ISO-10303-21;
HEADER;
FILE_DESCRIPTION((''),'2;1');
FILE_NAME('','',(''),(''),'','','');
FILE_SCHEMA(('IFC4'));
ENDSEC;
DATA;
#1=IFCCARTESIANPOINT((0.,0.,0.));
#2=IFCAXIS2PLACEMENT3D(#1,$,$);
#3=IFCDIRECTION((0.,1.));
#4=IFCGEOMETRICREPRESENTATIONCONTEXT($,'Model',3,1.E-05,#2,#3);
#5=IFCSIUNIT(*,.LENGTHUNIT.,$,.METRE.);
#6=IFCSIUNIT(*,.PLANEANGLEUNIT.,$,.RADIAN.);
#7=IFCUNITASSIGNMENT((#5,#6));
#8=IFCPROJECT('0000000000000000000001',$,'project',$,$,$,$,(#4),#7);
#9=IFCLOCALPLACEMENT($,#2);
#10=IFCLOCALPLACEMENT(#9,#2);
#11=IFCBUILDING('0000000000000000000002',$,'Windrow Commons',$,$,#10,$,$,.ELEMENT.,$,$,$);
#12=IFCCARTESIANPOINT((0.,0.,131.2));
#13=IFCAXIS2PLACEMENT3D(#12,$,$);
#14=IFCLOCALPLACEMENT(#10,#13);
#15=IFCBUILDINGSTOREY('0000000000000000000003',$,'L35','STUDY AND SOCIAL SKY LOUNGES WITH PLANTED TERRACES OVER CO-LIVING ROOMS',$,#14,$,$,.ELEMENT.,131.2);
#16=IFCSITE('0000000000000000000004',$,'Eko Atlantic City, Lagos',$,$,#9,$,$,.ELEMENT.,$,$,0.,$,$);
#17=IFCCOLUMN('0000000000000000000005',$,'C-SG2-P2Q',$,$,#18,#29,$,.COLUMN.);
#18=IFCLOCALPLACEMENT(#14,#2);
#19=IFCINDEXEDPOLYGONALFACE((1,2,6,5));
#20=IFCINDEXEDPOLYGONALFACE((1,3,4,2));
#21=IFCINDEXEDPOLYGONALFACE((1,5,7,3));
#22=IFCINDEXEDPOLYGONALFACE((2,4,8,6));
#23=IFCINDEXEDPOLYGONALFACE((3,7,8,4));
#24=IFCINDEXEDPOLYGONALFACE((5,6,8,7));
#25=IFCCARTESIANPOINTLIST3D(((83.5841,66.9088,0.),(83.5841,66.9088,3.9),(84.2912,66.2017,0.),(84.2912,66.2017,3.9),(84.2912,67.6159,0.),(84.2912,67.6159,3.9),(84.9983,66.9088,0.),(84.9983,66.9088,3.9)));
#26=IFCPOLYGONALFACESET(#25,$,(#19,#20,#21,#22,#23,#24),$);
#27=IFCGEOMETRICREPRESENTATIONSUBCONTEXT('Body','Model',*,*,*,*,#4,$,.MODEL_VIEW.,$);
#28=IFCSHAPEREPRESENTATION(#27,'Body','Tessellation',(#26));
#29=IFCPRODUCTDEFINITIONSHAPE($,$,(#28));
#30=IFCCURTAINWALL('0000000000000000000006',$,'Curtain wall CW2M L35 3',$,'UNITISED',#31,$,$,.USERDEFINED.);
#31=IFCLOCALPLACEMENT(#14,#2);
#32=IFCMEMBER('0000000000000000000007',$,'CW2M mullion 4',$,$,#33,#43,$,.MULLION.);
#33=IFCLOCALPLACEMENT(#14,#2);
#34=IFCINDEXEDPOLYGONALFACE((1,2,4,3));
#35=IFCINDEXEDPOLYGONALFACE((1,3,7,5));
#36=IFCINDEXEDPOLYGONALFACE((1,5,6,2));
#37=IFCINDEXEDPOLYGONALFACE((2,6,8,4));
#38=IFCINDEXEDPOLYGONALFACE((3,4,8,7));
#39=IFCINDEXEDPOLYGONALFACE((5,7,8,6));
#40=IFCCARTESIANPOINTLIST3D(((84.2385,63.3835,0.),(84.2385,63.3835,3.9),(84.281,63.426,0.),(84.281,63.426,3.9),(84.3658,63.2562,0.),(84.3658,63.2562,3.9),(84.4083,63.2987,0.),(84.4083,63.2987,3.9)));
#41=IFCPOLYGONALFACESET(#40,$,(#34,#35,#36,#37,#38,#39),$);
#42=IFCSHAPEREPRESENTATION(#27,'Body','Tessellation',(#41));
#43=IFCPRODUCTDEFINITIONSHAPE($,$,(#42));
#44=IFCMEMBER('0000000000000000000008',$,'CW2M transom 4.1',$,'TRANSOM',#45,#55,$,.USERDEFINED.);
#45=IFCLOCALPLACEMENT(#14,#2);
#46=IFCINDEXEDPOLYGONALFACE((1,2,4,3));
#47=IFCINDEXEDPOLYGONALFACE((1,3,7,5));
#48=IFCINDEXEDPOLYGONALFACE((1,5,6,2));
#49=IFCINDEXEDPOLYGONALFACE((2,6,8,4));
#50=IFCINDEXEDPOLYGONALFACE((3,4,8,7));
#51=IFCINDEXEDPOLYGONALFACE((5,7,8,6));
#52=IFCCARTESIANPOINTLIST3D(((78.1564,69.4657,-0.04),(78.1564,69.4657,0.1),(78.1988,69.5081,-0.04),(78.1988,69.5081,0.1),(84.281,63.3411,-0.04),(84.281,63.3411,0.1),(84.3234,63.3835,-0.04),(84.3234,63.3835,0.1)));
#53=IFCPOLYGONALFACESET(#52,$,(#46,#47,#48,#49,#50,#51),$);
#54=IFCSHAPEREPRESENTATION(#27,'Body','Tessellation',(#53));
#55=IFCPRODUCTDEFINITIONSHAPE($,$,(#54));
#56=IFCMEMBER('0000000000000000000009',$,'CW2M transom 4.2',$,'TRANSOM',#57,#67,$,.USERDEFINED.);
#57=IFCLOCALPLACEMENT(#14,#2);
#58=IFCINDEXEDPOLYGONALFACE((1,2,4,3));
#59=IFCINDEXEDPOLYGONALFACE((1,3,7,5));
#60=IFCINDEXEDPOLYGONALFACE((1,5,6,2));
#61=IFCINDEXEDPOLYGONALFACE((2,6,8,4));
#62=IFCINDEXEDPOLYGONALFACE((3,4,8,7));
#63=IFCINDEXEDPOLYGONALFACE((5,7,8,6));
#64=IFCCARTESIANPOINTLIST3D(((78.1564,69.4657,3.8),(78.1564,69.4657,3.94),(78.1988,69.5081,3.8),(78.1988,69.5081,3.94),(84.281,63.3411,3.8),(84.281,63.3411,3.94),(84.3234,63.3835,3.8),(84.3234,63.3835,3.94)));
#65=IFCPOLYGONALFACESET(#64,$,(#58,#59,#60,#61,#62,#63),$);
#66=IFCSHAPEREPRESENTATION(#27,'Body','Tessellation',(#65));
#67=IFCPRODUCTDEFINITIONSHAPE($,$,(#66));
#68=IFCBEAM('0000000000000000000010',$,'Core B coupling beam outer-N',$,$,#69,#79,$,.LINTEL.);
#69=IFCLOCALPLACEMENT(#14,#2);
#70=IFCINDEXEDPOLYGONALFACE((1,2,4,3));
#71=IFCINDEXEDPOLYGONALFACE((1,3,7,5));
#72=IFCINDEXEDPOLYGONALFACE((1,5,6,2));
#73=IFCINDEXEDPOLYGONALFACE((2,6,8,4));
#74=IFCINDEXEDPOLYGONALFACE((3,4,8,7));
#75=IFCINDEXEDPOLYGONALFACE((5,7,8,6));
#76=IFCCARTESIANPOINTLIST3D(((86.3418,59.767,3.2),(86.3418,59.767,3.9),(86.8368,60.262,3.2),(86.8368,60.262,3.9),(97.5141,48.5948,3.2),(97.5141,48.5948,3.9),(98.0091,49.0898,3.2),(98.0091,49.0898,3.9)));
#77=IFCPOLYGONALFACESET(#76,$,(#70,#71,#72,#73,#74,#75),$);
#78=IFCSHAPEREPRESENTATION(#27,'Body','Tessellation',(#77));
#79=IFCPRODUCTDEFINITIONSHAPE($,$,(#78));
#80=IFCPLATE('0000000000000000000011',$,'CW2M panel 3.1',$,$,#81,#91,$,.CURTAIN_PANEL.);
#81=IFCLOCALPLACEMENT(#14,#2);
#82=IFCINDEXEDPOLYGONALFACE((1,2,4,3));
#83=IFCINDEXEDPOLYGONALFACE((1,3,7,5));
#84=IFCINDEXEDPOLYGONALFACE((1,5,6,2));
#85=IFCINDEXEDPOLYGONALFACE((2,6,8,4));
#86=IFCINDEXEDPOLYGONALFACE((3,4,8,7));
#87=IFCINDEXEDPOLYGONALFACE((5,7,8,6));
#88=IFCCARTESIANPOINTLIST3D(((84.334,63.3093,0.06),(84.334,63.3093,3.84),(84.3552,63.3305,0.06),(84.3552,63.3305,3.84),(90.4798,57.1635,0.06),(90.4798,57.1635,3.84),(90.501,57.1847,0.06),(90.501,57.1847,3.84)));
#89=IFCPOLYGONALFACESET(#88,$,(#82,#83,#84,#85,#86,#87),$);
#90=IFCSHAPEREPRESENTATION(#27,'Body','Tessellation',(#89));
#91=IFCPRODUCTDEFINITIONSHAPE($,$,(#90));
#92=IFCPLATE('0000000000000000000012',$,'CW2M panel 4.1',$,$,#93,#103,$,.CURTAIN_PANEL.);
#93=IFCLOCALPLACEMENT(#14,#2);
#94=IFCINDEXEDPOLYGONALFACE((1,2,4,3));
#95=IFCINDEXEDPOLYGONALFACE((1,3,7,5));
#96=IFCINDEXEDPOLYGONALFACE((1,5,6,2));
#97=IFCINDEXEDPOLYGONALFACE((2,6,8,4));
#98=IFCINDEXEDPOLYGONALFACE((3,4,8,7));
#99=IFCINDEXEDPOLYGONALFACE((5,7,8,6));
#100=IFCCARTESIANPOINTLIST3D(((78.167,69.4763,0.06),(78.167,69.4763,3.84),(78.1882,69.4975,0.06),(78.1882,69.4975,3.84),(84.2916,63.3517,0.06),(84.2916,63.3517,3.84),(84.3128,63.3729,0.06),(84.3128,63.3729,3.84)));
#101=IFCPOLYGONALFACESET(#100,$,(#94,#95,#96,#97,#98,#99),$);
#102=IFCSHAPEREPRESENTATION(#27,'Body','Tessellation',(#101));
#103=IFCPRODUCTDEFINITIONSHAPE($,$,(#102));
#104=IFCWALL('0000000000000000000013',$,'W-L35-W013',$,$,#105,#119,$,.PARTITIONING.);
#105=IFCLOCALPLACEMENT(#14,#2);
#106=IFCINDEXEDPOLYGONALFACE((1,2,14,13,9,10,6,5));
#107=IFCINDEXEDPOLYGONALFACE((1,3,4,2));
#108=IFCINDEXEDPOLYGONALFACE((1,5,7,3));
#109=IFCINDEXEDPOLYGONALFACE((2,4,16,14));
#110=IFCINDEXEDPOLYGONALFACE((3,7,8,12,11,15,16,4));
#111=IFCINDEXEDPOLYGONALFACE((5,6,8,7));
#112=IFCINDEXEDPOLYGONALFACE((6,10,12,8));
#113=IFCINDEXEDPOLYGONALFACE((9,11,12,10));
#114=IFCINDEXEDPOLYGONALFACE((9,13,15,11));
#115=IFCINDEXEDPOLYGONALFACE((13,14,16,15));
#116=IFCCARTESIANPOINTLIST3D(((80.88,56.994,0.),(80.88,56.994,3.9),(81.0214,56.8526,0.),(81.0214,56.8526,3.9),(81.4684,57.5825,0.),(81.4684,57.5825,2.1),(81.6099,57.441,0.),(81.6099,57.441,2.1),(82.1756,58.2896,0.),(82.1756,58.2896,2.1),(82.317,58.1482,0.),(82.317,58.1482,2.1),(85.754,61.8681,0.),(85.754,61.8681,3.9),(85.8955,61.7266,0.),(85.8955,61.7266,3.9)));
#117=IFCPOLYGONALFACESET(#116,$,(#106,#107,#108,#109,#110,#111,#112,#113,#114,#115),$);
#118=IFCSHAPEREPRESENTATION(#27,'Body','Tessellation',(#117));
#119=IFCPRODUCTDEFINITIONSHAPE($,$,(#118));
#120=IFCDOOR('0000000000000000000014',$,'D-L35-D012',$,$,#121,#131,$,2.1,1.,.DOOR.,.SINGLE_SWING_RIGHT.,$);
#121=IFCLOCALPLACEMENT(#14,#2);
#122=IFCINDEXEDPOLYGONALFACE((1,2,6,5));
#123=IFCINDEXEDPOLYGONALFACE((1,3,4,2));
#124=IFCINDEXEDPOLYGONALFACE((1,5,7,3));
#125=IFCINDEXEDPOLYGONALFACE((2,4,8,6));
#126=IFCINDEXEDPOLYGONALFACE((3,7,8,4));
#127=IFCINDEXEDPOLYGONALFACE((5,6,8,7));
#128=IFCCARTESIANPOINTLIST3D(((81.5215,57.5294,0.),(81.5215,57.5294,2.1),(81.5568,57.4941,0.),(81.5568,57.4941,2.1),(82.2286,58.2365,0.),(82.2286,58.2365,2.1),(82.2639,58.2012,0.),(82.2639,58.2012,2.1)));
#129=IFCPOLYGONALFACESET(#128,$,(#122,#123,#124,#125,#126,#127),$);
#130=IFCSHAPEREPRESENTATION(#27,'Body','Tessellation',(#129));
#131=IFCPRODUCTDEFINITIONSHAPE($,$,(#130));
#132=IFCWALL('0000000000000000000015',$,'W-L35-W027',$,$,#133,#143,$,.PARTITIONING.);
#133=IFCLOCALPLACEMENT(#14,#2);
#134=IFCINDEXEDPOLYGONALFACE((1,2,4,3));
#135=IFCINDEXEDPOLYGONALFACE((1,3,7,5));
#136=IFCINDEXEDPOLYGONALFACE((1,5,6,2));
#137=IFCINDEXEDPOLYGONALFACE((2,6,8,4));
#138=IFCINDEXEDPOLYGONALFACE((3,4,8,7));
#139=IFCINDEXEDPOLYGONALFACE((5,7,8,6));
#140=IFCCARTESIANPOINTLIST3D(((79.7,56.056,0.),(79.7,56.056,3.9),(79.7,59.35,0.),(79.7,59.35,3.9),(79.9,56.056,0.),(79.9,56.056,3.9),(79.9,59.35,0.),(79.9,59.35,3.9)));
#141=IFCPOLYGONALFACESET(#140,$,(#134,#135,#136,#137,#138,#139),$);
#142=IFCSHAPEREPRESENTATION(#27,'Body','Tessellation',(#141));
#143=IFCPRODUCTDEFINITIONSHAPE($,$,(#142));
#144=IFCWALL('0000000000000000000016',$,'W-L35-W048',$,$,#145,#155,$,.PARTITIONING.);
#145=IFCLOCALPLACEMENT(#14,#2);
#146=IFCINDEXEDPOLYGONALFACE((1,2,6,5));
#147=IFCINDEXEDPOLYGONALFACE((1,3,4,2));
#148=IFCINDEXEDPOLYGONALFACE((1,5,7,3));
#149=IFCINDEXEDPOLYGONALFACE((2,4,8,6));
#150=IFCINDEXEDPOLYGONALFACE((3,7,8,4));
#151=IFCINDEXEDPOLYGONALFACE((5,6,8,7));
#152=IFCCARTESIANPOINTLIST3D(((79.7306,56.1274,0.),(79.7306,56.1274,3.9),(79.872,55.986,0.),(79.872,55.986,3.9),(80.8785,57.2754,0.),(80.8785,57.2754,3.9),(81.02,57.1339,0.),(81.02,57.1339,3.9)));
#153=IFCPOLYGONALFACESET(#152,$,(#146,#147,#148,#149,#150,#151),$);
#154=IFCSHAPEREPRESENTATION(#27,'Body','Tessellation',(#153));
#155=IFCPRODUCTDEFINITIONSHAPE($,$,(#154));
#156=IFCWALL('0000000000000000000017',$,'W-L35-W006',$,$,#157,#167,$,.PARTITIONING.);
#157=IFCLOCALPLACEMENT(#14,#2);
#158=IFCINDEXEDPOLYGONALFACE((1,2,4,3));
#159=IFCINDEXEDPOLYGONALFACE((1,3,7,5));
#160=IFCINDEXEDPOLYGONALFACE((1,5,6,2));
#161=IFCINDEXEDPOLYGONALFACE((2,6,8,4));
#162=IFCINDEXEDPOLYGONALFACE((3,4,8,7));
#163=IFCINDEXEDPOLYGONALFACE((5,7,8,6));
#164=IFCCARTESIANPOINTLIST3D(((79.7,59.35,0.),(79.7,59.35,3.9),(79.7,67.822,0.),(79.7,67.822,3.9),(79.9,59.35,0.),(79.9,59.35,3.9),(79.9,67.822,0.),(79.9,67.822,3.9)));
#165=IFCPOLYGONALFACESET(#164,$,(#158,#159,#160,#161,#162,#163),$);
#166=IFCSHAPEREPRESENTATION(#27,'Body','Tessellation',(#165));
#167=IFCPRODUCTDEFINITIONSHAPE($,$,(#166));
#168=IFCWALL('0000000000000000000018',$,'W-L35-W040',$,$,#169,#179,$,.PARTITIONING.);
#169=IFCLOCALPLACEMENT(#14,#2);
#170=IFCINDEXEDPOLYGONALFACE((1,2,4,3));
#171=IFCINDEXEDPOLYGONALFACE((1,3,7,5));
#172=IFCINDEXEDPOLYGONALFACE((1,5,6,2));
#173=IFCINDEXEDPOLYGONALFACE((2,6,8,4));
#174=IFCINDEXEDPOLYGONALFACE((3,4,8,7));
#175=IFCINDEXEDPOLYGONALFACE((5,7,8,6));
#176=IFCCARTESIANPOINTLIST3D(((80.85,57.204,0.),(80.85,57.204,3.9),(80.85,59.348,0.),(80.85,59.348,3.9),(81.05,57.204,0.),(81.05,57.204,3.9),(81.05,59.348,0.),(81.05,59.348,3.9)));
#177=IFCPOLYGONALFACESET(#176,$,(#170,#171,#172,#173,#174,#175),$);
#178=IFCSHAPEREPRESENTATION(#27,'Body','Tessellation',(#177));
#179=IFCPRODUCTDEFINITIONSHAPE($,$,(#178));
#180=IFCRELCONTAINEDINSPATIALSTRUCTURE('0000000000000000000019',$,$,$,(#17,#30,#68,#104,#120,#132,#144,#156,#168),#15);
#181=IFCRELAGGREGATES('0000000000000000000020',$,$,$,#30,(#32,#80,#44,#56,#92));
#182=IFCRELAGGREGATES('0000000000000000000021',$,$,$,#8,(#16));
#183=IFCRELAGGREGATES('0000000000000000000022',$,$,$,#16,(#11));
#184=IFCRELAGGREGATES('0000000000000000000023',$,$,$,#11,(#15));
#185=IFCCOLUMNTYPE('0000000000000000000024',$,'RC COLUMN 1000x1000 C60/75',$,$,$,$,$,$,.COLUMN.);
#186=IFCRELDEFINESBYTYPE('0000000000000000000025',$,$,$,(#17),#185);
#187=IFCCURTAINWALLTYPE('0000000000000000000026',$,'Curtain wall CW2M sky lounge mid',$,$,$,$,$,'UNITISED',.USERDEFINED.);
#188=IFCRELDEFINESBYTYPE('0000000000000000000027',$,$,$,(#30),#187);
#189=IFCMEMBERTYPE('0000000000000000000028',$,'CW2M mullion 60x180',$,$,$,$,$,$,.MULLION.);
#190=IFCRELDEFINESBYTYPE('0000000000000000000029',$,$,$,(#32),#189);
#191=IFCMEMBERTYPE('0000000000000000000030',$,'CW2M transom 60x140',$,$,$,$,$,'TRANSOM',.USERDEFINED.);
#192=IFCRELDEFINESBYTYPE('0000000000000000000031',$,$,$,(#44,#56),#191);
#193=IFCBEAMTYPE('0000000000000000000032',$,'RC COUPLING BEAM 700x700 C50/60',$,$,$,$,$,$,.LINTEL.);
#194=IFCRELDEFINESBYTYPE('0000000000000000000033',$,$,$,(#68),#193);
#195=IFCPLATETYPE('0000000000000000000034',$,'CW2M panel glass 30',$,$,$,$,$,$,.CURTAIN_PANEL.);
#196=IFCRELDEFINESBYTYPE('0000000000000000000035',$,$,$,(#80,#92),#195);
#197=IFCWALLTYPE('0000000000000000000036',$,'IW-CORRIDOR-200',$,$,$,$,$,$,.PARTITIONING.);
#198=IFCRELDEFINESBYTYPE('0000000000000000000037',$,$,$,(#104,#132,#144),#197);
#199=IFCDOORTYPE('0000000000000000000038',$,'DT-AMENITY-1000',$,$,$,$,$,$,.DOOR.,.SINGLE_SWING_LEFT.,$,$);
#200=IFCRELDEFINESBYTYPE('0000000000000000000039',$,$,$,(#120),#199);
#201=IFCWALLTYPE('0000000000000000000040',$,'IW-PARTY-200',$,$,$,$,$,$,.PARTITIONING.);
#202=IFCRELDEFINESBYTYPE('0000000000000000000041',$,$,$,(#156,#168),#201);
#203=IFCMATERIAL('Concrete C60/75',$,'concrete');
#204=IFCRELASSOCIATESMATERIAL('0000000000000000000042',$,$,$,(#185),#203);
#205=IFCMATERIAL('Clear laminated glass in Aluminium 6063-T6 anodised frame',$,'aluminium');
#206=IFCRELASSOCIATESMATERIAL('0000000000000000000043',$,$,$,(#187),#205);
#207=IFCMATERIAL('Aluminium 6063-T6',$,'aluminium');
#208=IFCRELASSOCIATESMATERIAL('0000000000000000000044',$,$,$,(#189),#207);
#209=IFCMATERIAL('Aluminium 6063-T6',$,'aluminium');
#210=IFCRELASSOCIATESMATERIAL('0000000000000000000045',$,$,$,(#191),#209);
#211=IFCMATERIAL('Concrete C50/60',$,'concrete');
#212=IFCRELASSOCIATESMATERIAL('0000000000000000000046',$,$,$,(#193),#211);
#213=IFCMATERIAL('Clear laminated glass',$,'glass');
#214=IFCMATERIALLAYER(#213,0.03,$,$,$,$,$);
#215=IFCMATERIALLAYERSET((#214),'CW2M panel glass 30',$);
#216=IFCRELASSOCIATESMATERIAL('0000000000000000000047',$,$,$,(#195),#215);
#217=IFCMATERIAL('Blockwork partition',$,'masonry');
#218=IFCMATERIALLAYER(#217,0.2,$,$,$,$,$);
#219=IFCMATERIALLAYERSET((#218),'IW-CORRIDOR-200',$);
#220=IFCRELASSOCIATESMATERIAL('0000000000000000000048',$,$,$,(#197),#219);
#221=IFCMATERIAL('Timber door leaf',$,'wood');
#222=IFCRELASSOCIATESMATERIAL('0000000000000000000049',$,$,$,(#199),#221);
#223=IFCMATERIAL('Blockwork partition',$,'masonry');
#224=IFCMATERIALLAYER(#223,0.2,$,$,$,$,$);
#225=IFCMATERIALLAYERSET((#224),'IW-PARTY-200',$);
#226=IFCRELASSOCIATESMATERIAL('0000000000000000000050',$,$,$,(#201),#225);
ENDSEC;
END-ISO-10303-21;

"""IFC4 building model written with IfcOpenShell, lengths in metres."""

from ifc_helpers import new_model, si_unit, direction, frame, frame_2d, origin, origin_2d, place, context, subcontext, project, spatial, rectangle, extrude, material, layer, layer_set, material_profile, profile_set, type_object, element, fill, aggregate, save


model = new_model("IFC4")

# Units and contexts
model_context = context("Model", 3, precision=1e-05, world=origin(), true_north=direction((0.0, 1.0)))
body_context = subcontext(model_context, "Body", "Model", "MODEL_VIEW")
ifc_project = project(units=[si_unit("LENGTHUNIT", "METRE"), si_unit("PLANEANGLEUNIT", "RADIAN")], contexts=[model_context])

# Site, building, storey
site_placement = place(None, origin())
site = spatial("IfcSite", under=ifc_project, at=site_placement, Name="Eko Atlantic City, Lagos", CompositionType="ELEMENT", RefElevation=0.0)
building_placement = place(site_placement, origin())
building = spatial("IfcBuilding", under=site, at=building_placement, Name="Windrow Commons", CompositionType="ELEMENT")
storey_placement = place(building_placement, frame((0.0, 0.0, 131.2)))
storey = spatial("IfcBuildingStorey", under=building, at=storey_placement, Name="L35", Description="STUDY AND SOCIAL SKY LOUNGES WITH PLANTED TERRACES OVER CO-LIVING ROOMS", CompositionType="ELEMENT", Elevation=131.2)

# Column
ifc_material_1 = material(Name="Concrete C60/75", Category="concrete")
ifc_material_profile_1 = material_profile(ifc_material_1, rectangle(XDim=1.0, YDim=1.0, at=origin_2d()))
ifc_profile_set_1 = profile_set([ifc_material_profile_1], Name="Concrete C60/75")
column_type = type_object("IfcColumnType", Name="RC COLUMN 1000x1000 C60/75", PredefinedType="COLUMN", material=ifc_profile_set_1)
column_placement = place(storey_placement, frame((84.2912, 66.9088, 0.0), z_axis=(0.0, 0.0, 1.0), x_axis=(0.707107, -0.707107, 0.0)))
element("IfcColumn", 1, at=column_placement, inside=storey, type_object=column_type, Name="C-SG2-P2Q", PredefinedType="COLUMN", context=body_context, shape_type="SweptSolid", body=[
    extrude(rectangle(XDim=1.0, YDim=1.0, at=origin_2d()), origin(), (0.0, 0.0, 1.0), 3.9),
])

# Curtain wall, members
ifc_material_2 = material(Name="Clear laminated glass in Aluminium 6063-T6 anodised frame", Category="aluminium")
curtain_wall_type = type_object("IfcCurtainWallType", Name="Curtain wall CW2M sky lounge mid", ElementType="UNITISED", PredefinedType="USERDEFINED", material=ifc_material_2)
placement = place(storey_placement, origin())
curtain_wall = element("IfcCurtainWall", 2, at=placement, inside=storey, type_object=curtain_wall_type, Name="Curtain wall CW2M L35 3", ObjectType="UNITISED", PredefinedType="USERDEFINED")
ifc_material_3 = material(Name="Aluminium 6063-T6", Category="aluminium")
ifc_material_profile_2 = material_profile(ifc_material_3, rectangle(XDim=0.06, YDim=0.18, at=origin_2d()))
ifc_profile_set_2 = profile_set([ifc_material_profile_2], Name="Aluminium 6063-T6")
member_type_1 = type_object("IfcMemberType", Name="CW2M mullion 60x180", PredefinedType="MULLION", material=ifc_profile_set_2)
member_1_placement = place(storey_placement, frame((84.3234, 63.3411, 0.0), z_axis=(0.0, 0.0, 1.0), x_axis=(-0.707107, -0.707107, 0.0)))
member_1 = element("IfcMember", 3, at=member_1_placement, type_object=member_type_1, Name="CW2M mullion 4", PredefinedType="MULLION", context=body_context, shape_type="SweptSolid", body=[
    extrude(rectangle(XDim=0.06, YDim=0.18, at=origin_2d()), origin(), (0.0, 0.0, 1.0), 3.9),
])
ifc_material_4 = material(Name="Aluminium 6063-T6", Category="aluminium")
ifc_material_profile_3 = material_profile(ifc_material_4, rectangle(XDim=0.06, YDim=0.14, at=origin_2d()))
ifc_profile_set_3 = profile_set([ifc_material_profile_3], Name="Aluminium 6063-T6")
member_type_2 = type_object("IfcMemberType", Name="CW2M transom 60x140", ElementType="TRANSOM", PredefinedType="USERDEFINED", material=ifc_profile_set_3)
member_2_placement = place(storey_placement, frame((84.3022, 63.3623, 0.03), z_axis=(-0.707107, 0.707107, 0.0), x_axis=(-0.707107, -0.707107, 0.0)))
member_2 = element("IfcMember", 4, at=member_2_placement, type_object=member_type_2, Name="CW2M transom 4.1", ObjectType="TRANSOM", PredefinedType="USERDEFINED", context=body_context, shape_type="SweptSolid", body=[
    extrude(rectangle(XDim=0.06, YDim=0.14, at=origin_2d()), origin(), (0.0, 0.0, 1.0), 8.6615),
])
member_3_placement = place(storey_placement, frame((84.3022, 63.3623, 3.87), z_axis=(-0.707107, 0.707107, 0.0), x_axis=(-0.707107, -0.707107, 0.0)))
member_3 = element("IfcMember", 5, at=member_3_placement, type_object=member_type_2, Name="CW2M transom 4.2", ObjectType="TRANSOM", PredefinedType="USERDEFINED", context=body_context, shape_type="SweptSolid", body=[
    extrude(rectangle(XDim=0.06, YDim=0.14, at=origin_2d()), origin(), (0.0, 0.0, 1.0), 8.6615),
])

# Beam
ifc_material_5 = material(Name="Concrete C50/60", Category="concrete")
ifc_material_profile_4 = material_profile(ifc_material_5, rectangle(XDim=0.7, YDim=0.7, at=origin_2d()))
ifc_profile_set_4 = profile_set([ifc_material_profile_4], Name="Concrete C50/60")
beam_type = type_object("IfcBeamType", Name="RC COUPLING BEAM 700x700 C50/60", PredefinedType="LINTEL", material=ifc_profile_set_4)
beam_placement = place(storey_placement, frame((86.5893, 60.0145, 3.55), z_axis=(0.70711, -0.707104, 0.0), x_axis=(0.707104, 0.70711, 0.0)))
element("IfcBeam", 6, at=beam_placement, inside=storey, type_object=beam_type, Name="Core B coupling beam outer-N", PredefinedType="LINTEL", context=body_context, shape_type="SweptSolid", body=[
    extrude(rectangle(XDim=0.7, YDim=0.7, at=origin_2d()), origin(), (0.0, 0.0, 1.0), 15.7999),
])

# Plates
ifc_material_6 = material(Name="Clear laminated glass", Category="glass")
ifc_layer_1 = layer(ifc_material_6, 0.03)
ifc_layer_set_1 = layer_set([ifc_layer_1], Name="CW2M panel glass 30")
plate_type = type_object("IfcPlateType", Name="CW2M panel glass 30", PredefinedType="CURTAIN_PANEL", material=ifc_layer_set_1)
plate_1_placement = place(storey_placement, frame((87.4175, 60.247, 0.06), z_axis=(0.0, 0.0, 1.0), x_axis=(-0.707107, 0.707107, 0.0)))
plate_1 = element("IfcPlate", 7, at=plate_1_placement, type_object=plate_type, Name="CW2M panel 3.1", PredefinedType="CURTAIN_PANEL", context=body_context, shape_type="SweptSolid", body=[
    extrude(rectangle(XDim=8.6915, YDim=0.03, at=origin_2d()), origin(), (0.0, 0.0, 1.0), 3.78),
])
plate_2_placement = place(storey_placement, frame((81.2399, 66.4246, 0.06), z_axis=(0.0, 0.0, 1.0), x_axis=(-0.707107, 0.707107, 0.0)))
plate_2 = element("IfcPlate", 8, at=plate_2_placement, type_object=plate_type, Name="CW2M panel 4.1", PredefinedType="CURTAIN_PANEL", context=body_context, shape_type="SweptSolid", body=[
    extrude(rectangle(XDim=8.6615, YDim=0.03, at=origin_2d()), origin(), (0.0, 0.0, 1.0), 3.78),
])
aggregate(curtain_wall, [member_1, plate_1, member_2, member_3, plate_2])

# Wall, opening, door
ifc_material_7 = material(Name="Blockwork partition", Category="masonry")
ifc_layer_2 = layer(ifc_material_7, 0.2)
ifc_layer_set_2 = layer_set([ifc_layer_2], Name="IW-CORRIDOR-200")
wall_type_1 = type_object("IfcWallType", Name="IW-CORRIDOR-200", PredefinedType="PARTITIONING", material=ifc_layer_set_2)
wall_1_placement = place(storey_placement, frame((80.9507, 56.9233, 0.0), z_axis=(0.0, 0.0, 1.0), x_axis=(0.707107, 0.707107, 0.0)))
wall_1 = element("IfcWall", 9, at=wall_1_placement, inside=storey, type_object=wall_type_1, Name="W-L35-W013", PredefinedType="PARTITIONING", context=body_context, shape_type="SweptSolid", body=[
    extrude(rectangle(XDim=6.8929, YDim=0.2, at=frame_2d((3.4465, 0.0))), origin(), (0.0, 0.0, 1.0), 3.9),
])
opening_1_placement = place(wall_1_placement, frame((0.8322, 0.0, 0.0)))
opening_1 = element("IfcOpeningElement", 10, at=opening_1_placement, cuts=wall_1, PredefinedType="OPENING", context=body_context, shape_type="SweptSolid", body=[
    extrude(rectangle(XDim=1.0, YDim=2.1, at=frame_2d((0.5, 1.05))), frame((0.0, 0.11, 0.0), z_axis=(0.0, -1.0, 0.0), x_axis=(1.0, 0.0, 0.0)), (0.0, 0.0, 1.0), 0.22),
])
ifc_material_8 = material(Name="Timber door leaf", Category="wood")
door_type_1 = type_object("IfcDoorType", Name="DT-AMENITY-1000", OperationType="SINGLE_SWING_LEFT", PredefinedType="DOOR", material=ifc_material_8)
door_1_placement = place(opening_1_placement, origin())
door_1 = element("IfcDoor", 11, at=door_1_placement, inside=storey, type_object=door_type_1, Name="D-L35-D012", OperationType="SINGLE_SWING_RIGHT", OverallHeight=2.1, OverallWidth=1.0, PredefinedType="DOOR", context=body_context, shape_type="SweptSolid", body=[
    extrude(rectangle(XDim=1.0, YDim=2.1, at=frame_2d((0.5, 1.05))), frame((0.0, 0.025, 0.0), z_axis=(0.0, -1.0, 0.0), x_axis=(1.0, 0.0, 0.0)), (0.0, 0.0, 1.0), 0.05),
])
fill(opening_1, door_1)

# Walls
wall_2_placement = place(storey_placement, frame((79.8, 56.056, 0.0), z_axis=(0.0, 0.0, 1.0), x_axis=(0.0, 1.0, 0.0)))
element("IfcWall", 12, at=wall_2_placement, inside=storey, type_object=wall_type_1, Name="W-L35-W027", PredefinedType="PARTITIONING", context=body_context, shape_type="SweptSolid", body=[
    extrude(rectangle(XDim=3.294, YDim=0.2, at=frame_2d((1.647, 0.0))), origin(), (0.0, 0.0, 1.0), 3.9),
])
wall_3_placement = place(storey_placement, frame((79.8013, 56.0567, 0.0), z_axis=(0.0, 0.0, 1.0), x_axis=(0.707107, 0.707107, 0.0)))
element("IfcWall", 13, at=wall_3_placement, inside=storey, type_object=wall_type_1, Name="W-L35-W048", PredefinedType="PARTITIONING", context=body_context, shape_type="SweptSolid", body=[
    extrude(rectangle(XDim=1.6235, YDim=0.2, at=frame_2d((0.8117, 0.0))), origin(), (0.0, 0.0, 1.0), 3.9),
])
ifc_material_9 = material(Name="Blockwork partition", Category="masonry")
ifc_layer_3 = layer(ifc_material_9, 0.2)
ifc_layer_set_3 = layer_set([ifc_layer_3], Name="IW-PARTY-200")
wall_type_2 = type_object("IfcWallType", Name="IW-PARTY-200", PredefinedType="PARTITIONING", material=ifc_layer_set_3)
wall_4_placement = place(storey_placement, frame((79.8, 59.35, 0.0), z_axis=(0.0, 0.0, 1.0), x_axis=(0.0, 1.0, 0.0)))
element("IfcWall", 14, at=wall_4_placement, inside=storey, type_object=wall_type_2, Name="W-L35-W006", PredefinedType="PARTITIONING", context=body_context, shape_type="SweptSolid", body=[
    extrude(rectangle(XDim=8.472, YDim=0.2, at=frame_2d((4.236, 0.0))), origin(), (0.0, 0.0, 1.0), 3.9),
])
wall_5_placement = place(storey_placement, frame((80.95, 57.204, 0.0), z_axis=(0.0, 0.0, 1.0), x_axis=(0.0, 1.0, 0.0)))
element("IfcWall", 15, at=wall_5_placement, inside=storey, type_object=wall_type_2, Name="W-L35-W040", PredefinedType="PARTITIONING", context=body_context, shape_type="SweptSolid", body=[
    extrude(rectangle(XDim=2.144, YDim=0.2, at=frame_2d((1.072, 0.0))), origin(), (0.0, 0.0, 1.0), 3.9),
])

save(model, "model.ifc")
